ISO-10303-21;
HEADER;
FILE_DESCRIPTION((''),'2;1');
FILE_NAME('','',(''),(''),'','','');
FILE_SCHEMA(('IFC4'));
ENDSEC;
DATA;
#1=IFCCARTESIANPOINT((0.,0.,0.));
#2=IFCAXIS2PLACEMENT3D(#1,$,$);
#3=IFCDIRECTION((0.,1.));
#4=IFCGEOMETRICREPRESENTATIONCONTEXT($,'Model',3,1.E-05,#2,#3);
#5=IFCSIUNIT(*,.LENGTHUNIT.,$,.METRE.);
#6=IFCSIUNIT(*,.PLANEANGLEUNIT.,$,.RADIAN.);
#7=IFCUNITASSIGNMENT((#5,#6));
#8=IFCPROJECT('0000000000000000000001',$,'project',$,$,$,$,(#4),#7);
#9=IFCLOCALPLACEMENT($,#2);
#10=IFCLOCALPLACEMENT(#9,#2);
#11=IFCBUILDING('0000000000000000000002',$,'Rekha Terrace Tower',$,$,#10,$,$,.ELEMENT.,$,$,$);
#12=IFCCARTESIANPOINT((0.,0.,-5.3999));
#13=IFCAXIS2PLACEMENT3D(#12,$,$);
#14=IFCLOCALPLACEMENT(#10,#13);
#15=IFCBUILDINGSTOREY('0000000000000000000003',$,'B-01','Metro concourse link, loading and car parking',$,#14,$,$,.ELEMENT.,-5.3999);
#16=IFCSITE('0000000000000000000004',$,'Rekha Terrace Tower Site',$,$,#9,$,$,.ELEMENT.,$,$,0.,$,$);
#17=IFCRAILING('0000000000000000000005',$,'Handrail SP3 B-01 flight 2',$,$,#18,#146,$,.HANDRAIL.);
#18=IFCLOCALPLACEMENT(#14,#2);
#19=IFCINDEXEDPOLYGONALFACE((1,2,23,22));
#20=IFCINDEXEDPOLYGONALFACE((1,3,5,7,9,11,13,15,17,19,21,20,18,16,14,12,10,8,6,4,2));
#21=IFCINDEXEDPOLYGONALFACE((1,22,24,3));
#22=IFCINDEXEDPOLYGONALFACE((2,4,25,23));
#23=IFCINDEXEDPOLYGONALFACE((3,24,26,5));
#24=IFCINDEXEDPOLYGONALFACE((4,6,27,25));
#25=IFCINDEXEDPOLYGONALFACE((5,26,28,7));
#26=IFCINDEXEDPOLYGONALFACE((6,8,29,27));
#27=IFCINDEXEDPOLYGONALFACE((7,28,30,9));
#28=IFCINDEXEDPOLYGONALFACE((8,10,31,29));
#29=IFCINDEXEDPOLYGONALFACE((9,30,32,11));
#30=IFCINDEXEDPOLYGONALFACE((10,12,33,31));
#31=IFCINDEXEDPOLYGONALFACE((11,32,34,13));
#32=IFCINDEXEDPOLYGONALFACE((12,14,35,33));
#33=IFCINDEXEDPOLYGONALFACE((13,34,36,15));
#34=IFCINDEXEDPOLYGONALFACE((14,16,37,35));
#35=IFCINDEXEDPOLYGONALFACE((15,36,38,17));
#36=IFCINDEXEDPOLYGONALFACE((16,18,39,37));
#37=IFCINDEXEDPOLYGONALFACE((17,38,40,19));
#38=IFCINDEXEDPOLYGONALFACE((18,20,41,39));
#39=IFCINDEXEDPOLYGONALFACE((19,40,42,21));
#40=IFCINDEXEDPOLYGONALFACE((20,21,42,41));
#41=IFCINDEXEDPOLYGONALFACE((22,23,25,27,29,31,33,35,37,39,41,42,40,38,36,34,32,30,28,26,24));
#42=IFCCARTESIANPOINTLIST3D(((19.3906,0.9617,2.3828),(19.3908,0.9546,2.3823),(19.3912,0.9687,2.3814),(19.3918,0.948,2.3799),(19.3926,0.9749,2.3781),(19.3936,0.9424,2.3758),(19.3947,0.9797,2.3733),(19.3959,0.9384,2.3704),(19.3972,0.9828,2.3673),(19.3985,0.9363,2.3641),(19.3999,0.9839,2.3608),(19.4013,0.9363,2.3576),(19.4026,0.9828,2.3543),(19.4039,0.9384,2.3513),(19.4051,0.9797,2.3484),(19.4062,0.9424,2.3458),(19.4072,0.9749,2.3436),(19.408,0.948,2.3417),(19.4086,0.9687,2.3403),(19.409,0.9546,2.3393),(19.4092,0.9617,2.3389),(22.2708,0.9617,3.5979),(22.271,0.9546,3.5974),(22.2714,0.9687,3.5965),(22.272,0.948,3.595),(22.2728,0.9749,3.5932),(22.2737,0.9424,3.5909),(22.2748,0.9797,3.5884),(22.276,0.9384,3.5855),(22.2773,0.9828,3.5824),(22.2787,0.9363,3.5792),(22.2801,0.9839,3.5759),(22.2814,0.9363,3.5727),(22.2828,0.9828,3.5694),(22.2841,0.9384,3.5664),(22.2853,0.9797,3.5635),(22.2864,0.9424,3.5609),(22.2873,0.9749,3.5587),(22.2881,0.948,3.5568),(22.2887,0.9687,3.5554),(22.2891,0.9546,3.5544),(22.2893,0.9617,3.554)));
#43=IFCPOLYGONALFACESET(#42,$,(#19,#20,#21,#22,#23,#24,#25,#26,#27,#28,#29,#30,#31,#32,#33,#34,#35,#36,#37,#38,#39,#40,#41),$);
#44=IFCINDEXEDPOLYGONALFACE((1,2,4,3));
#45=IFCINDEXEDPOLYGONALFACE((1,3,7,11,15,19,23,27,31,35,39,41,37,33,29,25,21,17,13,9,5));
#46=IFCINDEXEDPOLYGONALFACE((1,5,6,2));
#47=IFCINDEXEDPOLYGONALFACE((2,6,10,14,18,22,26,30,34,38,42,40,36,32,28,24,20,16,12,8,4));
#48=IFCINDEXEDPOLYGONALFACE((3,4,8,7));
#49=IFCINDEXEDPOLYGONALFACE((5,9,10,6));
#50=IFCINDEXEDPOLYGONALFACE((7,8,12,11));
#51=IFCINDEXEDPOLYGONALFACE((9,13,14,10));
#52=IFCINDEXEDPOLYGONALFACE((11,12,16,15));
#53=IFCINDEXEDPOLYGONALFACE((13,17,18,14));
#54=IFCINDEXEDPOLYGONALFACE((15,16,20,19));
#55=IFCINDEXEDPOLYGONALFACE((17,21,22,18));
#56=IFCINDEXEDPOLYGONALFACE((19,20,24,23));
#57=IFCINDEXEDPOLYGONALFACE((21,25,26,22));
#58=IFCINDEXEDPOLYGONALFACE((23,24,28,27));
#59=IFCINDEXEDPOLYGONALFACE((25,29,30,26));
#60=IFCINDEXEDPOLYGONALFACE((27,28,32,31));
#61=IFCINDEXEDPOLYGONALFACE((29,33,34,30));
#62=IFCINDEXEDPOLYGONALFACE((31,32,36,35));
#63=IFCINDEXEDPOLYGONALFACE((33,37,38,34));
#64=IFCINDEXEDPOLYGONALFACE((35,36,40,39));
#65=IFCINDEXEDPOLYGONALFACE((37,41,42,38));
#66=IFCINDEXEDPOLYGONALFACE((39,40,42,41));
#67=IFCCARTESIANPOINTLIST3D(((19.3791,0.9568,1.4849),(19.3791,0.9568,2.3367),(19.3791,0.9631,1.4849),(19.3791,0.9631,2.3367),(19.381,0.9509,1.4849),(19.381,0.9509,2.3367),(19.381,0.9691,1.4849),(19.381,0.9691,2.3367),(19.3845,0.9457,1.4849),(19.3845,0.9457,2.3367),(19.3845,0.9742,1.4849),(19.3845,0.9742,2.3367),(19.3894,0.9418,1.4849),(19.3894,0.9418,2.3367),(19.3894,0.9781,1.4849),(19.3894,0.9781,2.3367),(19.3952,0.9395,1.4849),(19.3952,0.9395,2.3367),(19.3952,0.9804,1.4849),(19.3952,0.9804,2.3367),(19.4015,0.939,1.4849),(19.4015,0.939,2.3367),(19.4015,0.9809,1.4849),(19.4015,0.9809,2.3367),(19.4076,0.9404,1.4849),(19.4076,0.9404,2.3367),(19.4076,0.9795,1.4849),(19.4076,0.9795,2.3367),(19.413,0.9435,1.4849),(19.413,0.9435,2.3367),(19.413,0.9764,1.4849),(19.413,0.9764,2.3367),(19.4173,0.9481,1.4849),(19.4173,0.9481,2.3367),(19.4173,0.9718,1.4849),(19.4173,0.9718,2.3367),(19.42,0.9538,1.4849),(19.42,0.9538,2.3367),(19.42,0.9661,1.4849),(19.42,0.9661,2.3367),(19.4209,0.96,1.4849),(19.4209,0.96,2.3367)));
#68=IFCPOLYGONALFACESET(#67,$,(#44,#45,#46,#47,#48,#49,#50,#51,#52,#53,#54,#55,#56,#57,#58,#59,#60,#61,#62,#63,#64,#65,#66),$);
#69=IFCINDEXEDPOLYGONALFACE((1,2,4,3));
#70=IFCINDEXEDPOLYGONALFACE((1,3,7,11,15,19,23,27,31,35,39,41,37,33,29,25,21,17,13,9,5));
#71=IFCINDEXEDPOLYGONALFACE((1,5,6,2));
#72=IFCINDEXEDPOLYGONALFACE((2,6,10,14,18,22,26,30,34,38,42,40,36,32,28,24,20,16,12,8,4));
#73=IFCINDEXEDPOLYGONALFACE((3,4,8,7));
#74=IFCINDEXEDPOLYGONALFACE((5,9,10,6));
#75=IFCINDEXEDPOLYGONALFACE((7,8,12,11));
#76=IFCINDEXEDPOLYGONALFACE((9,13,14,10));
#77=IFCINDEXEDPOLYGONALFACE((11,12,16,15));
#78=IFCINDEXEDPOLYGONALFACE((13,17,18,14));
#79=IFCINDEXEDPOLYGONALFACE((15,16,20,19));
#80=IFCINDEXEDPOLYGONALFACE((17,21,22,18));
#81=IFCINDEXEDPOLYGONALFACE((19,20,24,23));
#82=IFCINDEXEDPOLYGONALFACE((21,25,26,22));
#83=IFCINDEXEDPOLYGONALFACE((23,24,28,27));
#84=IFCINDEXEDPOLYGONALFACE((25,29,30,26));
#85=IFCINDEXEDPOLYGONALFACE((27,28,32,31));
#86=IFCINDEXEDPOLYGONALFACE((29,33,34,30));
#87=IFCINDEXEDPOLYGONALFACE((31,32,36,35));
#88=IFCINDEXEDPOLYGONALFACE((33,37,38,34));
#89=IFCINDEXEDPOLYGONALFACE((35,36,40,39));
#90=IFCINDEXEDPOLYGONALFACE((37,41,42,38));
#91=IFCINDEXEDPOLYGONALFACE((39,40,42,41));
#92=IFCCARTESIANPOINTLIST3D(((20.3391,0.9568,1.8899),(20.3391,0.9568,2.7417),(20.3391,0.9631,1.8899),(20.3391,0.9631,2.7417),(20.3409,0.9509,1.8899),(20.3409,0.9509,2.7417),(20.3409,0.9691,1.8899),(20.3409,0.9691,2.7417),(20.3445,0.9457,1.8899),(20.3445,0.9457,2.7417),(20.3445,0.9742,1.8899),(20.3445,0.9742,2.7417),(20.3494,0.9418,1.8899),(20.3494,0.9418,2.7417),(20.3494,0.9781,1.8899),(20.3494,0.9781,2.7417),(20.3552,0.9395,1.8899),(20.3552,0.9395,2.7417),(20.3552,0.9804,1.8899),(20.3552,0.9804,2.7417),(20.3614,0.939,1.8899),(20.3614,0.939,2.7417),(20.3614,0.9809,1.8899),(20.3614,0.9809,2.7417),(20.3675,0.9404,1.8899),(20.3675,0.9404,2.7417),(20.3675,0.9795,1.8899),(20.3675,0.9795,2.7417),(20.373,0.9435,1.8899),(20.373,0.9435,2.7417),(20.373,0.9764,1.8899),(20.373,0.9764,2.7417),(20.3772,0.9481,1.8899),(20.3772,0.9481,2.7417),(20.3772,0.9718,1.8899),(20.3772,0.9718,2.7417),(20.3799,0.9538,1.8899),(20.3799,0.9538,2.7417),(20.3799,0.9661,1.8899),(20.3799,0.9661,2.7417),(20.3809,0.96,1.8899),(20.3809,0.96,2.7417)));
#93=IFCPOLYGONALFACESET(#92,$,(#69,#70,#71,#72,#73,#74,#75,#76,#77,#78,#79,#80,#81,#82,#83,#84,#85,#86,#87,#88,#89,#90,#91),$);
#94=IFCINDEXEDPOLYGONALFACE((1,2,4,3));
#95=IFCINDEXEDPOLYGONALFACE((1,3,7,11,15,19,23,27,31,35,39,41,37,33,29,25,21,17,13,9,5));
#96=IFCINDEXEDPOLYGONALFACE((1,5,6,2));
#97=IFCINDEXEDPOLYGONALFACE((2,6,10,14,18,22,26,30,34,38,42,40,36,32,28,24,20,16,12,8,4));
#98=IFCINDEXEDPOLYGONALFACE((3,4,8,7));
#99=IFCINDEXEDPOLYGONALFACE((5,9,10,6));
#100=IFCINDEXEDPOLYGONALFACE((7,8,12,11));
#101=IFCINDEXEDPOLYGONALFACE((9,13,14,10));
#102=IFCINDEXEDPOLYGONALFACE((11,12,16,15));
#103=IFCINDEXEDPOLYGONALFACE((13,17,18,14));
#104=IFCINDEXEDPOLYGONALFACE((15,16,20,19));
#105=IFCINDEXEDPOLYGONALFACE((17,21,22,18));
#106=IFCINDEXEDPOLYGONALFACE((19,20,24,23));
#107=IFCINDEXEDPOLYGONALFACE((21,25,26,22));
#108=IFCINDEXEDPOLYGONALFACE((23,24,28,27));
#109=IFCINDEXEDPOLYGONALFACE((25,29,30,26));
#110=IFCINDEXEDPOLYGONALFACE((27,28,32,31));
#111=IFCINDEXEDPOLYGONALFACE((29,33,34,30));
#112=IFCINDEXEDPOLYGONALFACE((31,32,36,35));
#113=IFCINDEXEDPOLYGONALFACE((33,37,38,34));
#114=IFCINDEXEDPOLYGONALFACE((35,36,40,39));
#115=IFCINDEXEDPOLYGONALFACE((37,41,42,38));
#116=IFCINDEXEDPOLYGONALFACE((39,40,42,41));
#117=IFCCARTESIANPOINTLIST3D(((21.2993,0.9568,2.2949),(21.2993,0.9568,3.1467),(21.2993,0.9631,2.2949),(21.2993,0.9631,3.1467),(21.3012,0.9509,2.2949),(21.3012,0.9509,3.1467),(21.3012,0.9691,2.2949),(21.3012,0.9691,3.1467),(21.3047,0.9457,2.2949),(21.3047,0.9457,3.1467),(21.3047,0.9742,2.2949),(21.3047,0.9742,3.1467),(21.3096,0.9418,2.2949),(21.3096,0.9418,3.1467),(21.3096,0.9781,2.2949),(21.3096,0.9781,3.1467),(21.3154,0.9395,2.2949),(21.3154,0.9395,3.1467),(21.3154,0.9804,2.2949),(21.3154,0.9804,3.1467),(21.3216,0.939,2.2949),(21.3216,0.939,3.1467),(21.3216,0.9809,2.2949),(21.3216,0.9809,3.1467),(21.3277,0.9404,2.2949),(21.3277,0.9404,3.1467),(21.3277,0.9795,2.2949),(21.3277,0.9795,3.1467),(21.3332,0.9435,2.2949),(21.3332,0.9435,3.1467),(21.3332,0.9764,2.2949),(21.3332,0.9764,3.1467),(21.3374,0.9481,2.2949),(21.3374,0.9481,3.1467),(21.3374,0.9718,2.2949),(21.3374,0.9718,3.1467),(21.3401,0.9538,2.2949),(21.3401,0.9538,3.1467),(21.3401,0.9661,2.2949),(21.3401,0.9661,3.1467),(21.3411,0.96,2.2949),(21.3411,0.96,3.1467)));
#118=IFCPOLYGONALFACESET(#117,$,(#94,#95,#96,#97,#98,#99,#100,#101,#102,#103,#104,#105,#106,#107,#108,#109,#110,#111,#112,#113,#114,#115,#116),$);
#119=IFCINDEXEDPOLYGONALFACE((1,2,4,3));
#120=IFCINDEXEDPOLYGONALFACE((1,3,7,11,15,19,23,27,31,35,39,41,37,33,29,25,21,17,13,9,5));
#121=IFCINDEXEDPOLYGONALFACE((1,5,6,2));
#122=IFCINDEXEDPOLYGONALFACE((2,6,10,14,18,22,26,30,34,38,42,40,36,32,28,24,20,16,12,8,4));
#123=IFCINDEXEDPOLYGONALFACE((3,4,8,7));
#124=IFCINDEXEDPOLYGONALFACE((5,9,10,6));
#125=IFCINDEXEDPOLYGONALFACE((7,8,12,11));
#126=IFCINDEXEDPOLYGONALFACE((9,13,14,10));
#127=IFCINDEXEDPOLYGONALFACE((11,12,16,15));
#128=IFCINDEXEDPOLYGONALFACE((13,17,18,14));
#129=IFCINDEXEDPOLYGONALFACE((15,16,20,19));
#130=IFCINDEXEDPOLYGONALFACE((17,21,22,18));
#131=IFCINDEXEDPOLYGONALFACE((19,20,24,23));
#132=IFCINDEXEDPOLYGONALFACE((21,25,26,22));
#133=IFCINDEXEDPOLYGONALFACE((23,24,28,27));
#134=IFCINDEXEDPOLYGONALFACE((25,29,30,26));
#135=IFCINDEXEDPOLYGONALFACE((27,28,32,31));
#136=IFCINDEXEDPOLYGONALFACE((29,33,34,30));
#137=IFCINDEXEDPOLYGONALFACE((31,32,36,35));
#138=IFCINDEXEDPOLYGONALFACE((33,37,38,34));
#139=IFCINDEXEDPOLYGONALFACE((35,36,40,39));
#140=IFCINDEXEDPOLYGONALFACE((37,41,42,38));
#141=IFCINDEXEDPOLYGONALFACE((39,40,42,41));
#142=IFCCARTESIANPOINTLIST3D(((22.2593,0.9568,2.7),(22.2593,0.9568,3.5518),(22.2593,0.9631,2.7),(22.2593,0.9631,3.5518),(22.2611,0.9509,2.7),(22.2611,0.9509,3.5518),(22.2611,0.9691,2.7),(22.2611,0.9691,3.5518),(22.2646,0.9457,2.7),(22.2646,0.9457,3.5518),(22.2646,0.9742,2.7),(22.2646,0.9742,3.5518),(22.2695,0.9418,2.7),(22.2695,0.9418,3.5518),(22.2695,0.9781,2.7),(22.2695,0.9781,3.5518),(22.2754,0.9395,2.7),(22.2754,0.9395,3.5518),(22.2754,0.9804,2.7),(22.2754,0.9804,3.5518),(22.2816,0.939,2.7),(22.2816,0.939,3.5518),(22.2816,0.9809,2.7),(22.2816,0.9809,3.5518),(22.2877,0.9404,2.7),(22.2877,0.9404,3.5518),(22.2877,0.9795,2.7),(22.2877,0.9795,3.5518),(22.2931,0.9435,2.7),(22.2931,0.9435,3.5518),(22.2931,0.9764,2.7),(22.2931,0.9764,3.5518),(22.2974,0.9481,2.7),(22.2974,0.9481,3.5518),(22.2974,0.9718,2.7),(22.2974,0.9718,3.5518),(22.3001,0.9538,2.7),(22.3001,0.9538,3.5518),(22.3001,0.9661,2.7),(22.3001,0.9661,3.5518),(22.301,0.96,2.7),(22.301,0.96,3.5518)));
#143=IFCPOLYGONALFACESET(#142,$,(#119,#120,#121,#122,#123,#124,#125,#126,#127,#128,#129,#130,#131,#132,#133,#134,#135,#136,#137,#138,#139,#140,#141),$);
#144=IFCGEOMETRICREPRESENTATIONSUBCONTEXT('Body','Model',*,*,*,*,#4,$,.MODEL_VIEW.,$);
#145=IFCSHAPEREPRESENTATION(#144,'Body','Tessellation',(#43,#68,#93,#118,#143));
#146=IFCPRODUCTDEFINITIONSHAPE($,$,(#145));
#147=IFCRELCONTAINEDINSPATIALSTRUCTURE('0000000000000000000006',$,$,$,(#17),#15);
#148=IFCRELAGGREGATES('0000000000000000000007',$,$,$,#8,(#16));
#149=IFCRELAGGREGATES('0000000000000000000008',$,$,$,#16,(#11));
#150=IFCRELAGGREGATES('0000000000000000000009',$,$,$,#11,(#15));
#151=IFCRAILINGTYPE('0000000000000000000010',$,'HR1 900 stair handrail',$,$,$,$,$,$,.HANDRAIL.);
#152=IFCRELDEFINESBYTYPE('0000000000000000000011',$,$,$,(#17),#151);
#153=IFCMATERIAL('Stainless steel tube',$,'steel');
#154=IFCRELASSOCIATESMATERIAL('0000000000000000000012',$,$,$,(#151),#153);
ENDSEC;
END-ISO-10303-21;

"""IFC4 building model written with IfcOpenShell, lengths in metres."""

from ifc_helpers import new_model, si_unit, direction, frame, origin, origin_2d, place, context, subcontext, project, spatial, circle, extrude, material, type_object, element, save


model = new_model("IFC4")

# Units and contexts
model_context = context("Model", 3, precision=1e-05, world=origin(), true_north=direction((0.0, 1.0)))
body_context = subcontext(model_context, "Body", "Model", "MODEL_VIEW")
ifc_project = project(units=[si_unit("LENGTHUNIT", "METRE"), si_unit("PLANEANGLEUNIT", "RADIAN")], contexts=[model_context])

# Site, building, storey
site_placement = place(None, origin())
site = spatial("IfcSite", under=ifc_project, at=site_placement, Name="Rekha Terrace Tower Site", CompositionType="ELEMENT", RefElevation=0.0)
building_placement = place(site_placement, origin())
building = spatial("IfcBuilding", under=site, at=building_placement, Name="Rekha Terrace Tower", CompositionType="ELEMENT")
storey_placement = place(building_placement, frame((0.0, 0.0, -5.3999)))
storey = spatial("IfcBuildingStorey", under=building, at=storey_placement, Name="B-01", Description="Metro concourse link, loading and car parking", CompositionType="ELEMENT", Elevation=-5.3999)

# Railing
ifc_material_1 = material(Name="Stainless steel tube", Category="steel")
railing_type_1 = type_object("IfcRailingType", Name="HR1 900 stair handrail", PredefinedType="HANDRAIL", material=ifc_material_1)
railing_1_placement = place(storey_placement, frame((19.3999, 0.96, 1.4849)))
element("IfcRailing", 1, at=railing_1_placement, inside=storey, type_object=railing_type_1, Name="Handrail SP3 B-01 flight 2", PredefinedType="HANDRAIL", context=body_context, shape_type="SweptSolid", body=[
    extrude(circle(Radius=0.0239, at=origin_2d()), frame((0.0, 0.0, 0.876), z_axis=(0.92136, 0.0, 0.38871), x_axis=(0.0, 1.0, 0.0)), (0.0, 0.0, 1.0), 3.126),
    extrude(circle(Radius=0.021, at=origin_2d()), origin(), (0.0, 0.0, 1.0), 0.8518),
    extrude(circle(Radius=0.021, at=origin_2d()), frame((0.96, 0.0, 0.405)), (0.0, 0.0, 1.0), 0.8518),
    extrude(circle(Radius=0.021, at=origin_2d()), frame((1.9202, 0.0, 0.8101)), (0.0, 0.0, 1.0), 0.8518),
    extrude(circle(Radius=0.021, at=origin_2d()), frame((2.8801, 0.0, 1.2151)), (0.0, 0.0, 1.0), 0.8518),
])

save(model, "model.ifc")
